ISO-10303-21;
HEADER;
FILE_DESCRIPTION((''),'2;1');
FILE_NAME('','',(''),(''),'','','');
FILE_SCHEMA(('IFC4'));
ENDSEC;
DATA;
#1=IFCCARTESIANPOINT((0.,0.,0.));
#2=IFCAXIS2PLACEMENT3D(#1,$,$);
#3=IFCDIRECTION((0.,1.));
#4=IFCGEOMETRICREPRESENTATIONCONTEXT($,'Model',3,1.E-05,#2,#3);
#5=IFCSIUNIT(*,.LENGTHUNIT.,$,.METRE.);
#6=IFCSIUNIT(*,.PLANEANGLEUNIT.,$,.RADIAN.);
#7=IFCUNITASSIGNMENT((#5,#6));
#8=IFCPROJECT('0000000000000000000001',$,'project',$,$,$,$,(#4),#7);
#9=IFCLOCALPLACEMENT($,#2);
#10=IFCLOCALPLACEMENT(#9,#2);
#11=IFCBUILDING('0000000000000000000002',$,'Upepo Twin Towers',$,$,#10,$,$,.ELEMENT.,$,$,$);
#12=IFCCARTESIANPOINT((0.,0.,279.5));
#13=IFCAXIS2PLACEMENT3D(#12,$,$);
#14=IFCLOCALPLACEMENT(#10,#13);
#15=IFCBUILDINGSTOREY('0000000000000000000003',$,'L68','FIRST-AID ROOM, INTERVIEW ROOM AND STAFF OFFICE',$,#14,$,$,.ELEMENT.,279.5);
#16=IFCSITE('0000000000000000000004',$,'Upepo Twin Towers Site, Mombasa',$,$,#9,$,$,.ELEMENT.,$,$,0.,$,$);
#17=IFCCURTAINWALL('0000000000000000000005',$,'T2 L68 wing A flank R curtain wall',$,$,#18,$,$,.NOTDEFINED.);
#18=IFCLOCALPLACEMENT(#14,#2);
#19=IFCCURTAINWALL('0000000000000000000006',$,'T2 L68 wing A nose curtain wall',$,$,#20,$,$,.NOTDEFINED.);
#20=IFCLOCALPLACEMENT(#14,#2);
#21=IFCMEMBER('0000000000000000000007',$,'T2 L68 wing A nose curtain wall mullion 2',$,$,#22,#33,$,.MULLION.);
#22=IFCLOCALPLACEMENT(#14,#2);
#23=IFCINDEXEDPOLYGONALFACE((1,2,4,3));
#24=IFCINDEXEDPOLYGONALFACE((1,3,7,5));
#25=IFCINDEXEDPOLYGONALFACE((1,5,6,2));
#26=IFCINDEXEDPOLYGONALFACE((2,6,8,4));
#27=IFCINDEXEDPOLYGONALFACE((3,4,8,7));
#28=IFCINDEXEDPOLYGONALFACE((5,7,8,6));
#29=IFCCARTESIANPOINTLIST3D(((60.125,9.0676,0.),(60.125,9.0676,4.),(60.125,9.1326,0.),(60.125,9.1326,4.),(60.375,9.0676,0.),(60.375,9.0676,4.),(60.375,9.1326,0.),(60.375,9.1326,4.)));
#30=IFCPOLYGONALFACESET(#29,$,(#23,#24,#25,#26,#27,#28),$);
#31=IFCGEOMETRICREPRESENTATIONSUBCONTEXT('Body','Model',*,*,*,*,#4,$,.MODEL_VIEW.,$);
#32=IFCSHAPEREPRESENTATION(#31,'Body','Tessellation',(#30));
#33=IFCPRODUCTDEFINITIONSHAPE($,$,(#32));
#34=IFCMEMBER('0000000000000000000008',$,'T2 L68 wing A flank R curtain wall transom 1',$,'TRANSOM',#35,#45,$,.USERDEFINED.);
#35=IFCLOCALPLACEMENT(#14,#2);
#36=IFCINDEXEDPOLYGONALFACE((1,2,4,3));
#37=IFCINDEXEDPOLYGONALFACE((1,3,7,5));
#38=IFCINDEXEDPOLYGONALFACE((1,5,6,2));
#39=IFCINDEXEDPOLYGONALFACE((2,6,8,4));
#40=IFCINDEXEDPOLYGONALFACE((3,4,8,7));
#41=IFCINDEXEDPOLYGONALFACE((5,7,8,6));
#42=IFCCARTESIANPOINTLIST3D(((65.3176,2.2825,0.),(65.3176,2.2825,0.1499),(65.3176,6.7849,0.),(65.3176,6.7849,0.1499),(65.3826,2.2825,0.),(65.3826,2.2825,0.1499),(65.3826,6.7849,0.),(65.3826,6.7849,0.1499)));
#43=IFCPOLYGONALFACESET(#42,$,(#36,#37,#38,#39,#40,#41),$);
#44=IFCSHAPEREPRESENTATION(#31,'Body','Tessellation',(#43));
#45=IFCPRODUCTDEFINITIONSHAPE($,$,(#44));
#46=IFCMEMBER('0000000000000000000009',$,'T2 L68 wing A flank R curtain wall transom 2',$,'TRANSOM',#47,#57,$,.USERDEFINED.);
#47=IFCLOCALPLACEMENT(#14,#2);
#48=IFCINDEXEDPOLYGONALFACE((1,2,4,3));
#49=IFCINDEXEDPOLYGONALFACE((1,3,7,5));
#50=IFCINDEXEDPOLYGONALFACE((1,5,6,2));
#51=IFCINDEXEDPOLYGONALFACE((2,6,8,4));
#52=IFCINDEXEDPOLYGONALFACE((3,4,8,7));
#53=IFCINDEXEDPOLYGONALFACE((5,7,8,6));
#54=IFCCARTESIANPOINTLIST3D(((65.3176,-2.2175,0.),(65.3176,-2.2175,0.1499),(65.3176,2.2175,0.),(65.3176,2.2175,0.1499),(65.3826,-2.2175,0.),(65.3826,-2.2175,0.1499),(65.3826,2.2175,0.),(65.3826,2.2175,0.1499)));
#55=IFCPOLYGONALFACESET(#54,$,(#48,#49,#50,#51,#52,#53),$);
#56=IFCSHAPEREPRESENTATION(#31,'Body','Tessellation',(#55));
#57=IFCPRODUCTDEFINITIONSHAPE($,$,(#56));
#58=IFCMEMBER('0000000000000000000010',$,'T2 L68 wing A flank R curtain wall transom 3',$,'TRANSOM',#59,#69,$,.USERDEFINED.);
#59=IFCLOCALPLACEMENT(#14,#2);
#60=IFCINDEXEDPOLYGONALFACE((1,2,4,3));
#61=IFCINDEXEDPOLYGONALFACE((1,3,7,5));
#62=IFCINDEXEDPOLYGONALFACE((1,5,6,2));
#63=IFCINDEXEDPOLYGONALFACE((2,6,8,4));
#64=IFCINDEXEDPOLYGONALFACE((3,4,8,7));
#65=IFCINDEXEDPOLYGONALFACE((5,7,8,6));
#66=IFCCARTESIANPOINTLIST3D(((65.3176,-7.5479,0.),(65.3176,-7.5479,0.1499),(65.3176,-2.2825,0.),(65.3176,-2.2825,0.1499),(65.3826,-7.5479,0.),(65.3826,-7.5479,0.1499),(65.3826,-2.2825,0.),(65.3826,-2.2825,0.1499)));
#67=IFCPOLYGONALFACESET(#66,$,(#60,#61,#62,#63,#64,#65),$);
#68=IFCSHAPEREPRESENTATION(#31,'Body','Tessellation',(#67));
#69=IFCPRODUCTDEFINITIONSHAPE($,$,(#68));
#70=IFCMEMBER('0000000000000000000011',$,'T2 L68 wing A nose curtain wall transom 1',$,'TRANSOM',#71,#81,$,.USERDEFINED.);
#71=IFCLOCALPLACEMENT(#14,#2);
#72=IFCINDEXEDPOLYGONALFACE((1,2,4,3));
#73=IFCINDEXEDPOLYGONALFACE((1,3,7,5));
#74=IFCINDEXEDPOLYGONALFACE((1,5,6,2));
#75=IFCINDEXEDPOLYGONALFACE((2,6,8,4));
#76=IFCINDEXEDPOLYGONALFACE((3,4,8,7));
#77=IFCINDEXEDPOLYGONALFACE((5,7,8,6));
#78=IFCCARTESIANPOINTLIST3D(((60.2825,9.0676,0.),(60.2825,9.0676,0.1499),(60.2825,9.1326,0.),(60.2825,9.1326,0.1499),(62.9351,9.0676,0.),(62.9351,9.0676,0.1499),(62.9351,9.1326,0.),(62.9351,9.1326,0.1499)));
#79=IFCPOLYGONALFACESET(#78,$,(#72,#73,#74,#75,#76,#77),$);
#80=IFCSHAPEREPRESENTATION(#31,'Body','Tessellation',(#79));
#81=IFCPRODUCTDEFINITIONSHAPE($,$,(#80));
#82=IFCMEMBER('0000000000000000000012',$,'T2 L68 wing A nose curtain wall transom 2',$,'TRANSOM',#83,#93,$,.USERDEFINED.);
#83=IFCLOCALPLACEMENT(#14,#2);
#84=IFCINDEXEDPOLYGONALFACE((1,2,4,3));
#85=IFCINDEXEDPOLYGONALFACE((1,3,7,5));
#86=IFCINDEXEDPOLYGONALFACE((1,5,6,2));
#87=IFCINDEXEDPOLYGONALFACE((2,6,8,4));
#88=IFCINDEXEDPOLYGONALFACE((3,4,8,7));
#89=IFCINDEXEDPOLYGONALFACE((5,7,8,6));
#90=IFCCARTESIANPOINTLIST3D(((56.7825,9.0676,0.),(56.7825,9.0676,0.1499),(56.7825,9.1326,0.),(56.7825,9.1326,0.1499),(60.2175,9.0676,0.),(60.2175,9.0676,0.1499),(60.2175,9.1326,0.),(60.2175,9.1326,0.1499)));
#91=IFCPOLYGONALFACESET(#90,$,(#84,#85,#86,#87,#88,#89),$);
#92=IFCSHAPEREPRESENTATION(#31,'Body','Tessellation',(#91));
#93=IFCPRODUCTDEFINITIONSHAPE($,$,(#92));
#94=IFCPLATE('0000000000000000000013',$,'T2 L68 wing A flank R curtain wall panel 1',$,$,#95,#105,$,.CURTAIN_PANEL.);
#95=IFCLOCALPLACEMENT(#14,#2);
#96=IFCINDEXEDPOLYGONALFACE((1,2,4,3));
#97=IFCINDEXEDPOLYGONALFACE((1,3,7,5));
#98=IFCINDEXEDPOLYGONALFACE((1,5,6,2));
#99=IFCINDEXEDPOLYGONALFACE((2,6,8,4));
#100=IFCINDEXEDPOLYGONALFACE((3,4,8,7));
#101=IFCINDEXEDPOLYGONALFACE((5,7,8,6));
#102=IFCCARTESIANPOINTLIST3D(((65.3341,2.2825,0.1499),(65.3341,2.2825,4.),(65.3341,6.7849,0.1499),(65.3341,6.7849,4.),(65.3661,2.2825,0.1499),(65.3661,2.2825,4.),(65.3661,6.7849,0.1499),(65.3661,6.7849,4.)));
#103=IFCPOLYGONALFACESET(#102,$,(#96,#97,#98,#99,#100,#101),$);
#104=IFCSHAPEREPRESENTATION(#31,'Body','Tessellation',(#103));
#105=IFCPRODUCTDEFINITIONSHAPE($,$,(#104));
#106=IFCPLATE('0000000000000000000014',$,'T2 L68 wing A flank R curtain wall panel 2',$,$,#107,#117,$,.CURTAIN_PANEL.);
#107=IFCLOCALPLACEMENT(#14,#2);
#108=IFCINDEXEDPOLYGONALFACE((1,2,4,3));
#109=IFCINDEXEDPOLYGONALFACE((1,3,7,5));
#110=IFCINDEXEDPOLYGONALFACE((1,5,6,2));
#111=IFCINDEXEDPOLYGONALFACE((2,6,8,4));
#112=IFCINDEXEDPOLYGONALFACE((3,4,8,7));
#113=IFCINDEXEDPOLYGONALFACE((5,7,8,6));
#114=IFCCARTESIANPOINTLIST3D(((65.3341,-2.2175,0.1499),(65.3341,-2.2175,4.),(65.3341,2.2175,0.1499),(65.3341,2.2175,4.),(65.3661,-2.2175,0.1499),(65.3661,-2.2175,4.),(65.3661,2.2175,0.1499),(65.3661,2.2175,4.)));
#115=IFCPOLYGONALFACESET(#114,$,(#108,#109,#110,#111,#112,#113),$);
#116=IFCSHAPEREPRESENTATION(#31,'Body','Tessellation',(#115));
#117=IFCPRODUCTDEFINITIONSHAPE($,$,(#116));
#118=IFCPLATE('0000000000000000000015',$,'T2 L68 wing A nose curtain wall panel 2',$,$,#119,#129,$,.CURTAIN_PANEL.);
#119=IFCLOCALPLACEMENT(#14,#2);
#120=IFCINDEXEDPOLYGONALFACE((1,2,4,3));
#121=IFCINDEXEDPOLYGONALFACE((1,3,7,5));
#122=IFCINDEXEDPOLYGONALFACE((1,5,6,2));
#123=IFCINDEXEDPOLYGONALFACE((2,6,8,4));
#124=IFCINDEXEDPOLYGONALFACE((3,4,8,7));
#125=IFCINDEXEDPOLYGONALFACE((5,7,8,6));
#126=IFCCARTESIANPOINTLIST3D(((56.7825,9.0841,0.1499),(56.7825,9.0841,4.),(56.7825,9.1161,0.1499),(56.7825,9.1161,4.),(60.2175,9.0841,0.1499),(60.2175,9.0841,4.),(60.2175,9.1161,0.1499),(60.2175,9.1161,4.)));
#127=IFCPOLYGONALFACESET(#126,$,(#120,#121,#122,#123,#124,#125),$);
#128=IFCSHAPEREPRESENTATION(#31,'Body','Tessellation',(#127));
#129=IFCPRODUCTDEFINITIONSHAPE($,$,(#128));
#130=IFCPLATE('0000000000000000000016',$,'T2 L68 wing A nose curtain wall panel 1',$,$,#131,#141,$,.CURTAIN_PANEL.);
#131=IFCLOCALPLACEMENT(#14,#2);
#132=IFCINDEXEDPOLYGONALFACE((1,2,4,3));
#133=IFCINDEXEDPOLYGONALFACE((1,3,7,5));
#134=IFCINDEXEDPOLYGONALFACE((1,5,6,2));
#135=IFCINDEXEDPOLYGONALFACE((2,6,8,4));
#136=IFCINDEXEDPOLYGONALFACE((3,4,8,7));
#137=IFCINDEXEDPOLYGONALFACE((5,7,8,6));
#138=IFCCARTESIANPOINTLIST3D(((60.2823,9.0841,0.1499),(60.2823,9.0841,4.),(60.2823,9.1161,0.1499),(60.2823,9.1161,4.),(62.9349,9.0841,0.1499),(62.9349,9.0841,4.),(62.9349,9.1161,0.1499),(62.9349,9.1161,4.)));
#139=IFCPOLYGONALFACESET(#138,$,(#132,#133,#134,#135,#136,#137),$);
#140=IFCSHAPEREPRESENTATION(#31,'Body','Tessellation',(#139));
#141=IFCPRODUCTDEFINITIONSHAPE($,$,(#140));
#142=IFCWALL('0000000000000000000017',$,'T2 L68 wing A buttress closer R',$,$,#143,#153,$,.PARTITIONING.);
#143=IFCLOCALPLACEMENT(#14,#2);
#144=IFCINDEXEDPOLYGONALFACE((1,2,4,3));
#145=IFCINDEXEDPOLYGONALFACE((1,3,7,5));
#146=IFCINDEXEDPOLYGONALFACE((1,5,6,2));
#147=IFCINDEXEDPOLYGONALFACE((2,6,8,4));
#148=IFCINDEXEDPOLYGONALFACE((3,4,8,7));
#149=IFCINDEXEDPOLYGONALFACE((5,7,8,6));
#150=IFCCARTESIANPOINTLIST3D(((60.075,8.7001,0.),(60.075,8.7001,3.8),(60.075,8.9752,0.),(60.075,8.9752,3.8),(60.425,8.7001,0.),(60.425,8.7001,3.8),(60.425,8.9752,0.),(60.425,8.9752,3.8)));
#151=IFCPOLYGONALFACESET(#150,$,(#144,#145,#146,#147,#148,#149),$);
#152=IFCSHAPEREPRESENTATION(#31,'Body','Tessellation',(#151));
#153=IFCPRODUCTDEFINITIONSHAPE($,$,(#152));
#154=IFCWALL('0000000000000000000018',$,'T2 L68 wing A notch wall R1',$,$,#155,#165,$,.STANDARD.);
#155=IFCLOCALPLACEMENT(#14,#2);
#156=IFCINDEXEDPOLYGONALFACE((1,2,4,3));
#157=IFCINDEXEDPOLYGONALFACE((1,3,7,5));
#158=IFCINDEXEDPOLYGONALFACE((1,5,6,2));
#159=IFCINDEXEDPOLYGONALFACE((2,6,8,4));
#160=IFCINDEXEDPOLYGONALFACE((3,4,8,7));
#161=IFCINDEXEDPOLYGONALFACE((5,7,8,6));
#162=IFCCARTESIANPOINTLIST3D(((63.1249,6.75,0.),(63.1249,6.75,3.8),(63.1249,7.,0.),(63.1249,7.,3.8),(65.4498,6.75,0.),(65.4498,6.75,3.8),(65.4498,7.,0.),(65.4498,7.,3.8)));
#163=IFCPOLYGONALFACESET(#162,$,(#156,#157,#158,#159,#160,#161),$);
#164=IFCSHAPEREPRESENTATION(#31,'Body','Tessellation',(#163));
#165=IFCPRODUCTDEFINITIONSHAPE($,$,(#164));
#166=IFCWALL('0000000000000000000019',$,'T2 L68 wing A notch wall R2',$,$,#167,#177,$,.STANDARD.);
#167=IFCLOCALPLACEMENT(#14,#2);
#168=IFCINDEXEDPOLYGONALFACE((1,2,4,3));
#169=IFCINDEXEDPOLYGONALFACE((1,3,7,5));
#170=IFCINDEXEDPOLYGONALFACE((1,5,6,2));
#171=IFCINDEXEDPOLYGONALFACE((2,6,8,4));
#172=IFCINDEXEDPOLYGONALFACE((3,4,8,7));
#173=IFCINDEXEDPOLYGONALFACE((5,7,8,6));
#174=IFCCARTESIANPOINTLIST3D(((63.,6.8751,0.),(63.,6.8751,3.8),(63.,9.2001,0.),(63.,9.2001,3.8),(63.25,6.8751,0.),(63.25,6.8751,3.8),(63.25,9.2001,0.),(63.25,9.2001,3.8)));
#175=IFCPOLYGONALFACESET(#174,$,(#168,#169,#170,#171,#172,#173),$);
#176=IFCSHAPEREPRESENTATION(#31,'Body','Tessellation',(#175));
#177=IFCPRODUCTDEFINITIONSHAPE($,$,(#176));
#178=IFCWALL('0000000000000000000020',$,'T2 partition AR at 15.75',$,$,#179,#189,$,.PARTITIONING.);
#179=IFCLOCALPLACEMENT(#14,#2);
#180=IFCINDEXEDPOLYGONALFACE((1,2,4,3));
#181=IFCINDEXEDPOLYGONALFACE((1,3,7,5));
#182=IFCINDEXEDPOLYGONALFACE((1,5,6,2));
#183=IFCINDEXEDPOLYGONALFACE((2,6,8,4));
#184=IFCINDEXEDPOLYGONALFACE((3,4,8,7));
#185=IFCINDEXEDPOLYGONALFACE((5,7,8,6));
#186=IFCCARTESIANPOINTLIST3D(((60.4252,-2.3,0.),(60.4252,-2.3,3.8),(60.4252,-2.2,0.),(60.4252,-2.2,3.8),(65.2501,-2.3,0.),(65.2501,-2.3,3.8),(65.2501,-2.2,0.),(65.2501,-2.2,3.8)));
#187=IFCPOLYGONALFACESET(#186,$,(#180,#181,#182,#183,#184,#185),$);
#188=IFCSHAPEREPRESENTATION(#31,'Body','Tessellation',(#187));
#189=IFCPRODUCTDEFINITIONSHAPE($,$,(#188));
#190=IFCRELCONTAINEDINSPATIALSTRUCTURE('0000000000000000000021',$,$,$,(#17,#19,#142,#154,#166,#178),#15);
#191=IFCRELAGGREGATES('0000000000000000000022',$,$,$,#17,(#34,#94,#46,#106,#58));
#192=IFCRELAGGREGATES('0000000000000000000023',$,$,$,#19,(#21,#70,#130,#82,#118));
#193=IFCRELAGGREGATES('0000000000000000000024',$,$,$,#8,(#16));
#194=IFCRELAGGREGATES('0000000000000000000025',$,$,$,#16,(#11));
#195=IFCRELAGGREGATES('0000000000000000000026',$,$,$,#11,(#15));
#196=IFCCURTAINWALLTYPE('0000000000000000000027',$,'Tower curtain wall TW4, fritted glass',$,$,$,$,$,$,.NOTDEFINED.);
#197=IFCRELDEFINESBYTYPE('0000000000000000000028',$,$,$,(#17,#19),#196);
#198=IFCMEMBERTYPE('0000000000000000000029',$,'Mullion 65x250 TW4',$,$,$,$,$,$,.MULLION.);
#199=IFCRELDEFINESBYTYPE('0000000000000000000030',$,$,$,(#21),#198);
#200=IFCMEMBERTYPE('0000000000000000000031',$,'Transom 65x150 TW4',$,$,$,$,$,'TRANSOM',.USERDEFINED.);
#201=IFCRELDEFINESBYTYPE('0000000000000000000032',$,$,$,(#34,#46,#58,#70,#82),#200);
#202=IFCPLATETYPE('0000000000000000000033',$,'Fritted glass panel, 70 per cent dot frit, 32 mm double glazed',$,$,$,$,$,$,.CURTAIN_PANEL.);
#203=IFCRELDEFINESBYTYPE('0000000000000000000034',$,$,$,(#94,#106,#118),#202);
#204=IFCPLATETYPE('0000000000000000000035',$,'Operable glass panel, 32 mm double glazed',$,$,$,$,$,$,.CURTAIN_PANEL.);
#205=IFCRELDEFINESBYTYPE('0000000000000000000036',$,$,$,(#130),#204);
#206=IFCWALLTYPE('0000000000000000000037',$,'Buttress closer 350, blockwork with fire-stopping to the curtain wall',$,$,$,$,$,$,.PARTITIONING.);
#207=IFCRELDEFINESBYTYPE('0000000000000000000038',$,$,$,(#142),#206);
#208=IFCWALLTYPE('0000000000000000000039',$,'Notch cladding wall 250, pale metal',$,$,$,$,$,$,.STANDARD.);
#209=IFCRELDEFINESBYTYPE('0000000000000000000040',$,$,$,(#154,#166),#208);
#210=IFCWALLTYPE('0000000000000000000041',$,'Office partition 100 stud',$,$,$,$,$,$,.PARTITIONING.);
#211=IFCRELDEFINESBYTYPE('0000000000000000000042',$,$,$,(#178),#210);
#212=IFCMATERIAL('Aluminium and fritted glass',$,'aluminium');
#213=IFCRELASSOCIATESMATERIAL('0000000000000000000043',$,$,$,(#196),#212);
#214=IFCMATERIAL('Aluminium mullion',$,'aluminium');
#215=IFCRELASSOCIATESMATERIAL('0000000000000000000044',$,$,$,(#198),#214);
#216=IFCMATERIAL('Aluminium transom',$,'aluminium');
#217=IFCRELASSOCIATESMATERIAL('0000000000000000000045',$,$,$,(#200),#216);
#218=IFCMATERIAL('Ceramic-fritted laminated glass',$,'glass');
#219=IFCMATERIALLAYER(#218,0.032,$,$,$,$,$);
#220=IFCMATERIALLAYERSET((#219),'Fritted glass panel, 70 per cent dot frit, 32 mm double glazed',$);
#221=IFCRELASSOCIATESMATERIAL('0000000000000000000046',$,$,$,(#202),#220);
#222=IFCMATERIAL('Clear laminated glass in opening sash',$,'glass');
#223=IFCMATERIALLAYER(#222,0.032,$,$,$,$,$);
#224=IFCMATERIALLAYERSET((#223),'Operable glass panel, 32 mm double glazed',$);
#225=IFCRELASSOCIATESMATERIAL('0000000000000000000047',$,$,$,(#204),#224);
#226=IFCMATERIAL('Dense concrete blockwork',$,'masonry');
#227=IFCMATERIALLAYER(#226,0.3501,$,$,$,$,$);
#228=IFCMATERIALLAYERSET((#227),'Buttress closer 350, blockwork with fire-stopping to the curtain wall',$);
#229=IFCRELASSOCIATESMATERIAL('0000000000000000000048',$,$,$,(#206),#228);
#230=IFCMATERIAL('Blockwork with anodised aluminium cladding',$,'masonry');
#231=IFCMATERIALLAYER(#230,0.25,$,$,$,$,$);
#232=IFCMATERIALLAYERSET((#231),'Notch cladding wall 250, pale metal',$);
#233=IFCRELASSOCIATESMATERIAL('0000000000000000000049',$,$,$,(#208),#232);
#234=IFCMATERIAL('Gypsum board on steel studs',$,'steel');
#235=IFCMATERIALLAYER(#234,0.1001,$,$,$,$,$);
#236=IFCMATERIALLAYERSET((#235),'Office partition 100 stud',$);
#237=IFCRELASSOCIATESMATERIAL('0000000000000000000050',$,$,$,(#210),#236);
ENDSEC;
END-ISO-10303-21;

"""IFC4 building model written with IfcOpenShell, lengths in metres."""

from ifc_helpers import new_model, si_unit, direction, frame, frame_2d, origin, origin_2d, place, context, subcontext, project, spatial, rectangle, extrude, material, layer, layer_set, material_profile, profile_set, type_object, element, aggregate, save


model = new_model("IFC4")

# Units and contexts
model_context = context("Model", 3, precision=1e-05, world=origin(), true_north=direction((0.0, 1.0)))
body_context = subcontext(model_context, "Body", "Model", "MODEL_VIEW")
ifc_project = project(units=[si_unit("LENGTHUNIT", "METRE"), si_unit("PLANEANGLEUNIT", "RADIAN")], contexts=[model_context])

# Site, building, storey
site_placement = place(None, origin())
site = spatial("IfcSite", under=ifc_project, at=site_placement, Name="Upepo Twin Towers Site, Mombasa", CompositionType="ELEMENT", RefElevation=0.0)
building_placement = place(site_placement, origin())
building = spatial("IfcBuilding", under=site, at=building_placement, Name="Upepo Twin Towers", CompositionType="ELEMENT")
storey_placement = place(building_placement, frame((0.0, 0.0, 279.5)))
storey = spatial("IfcBuildingStorey", under=building, at=storey_placement, Name="L68", Description="FIRST-AID ROOM, INTERVIEW ROOM AND STAFF OFFICE", CompositionType="ELEMENT", Elevation=279.5)

# Curtain walls, member
ifc_material_1 = material(Name="Aluminium and fritted glass", Category="aluminium")
curtain_wall_type = type_object("IfcCurtainWallType", Name="Tower curtain wall TW4, fritted glass", PredefinedType="NOTDEFINED", material=ifc_material_1)
curtain_wall_1_placement = place(storey_placement, origin())
curtain_wall_1 = element("IfcCurtainWall", 1, at=curtain_wall_1_placement, inside=storey, type_object=curtain_wall_type, Name="T2 L68 wing A flank R curtain wall", PredefinedType="NOTDEFINED")
ifc_material_2 = material(Name="Aluminium mullion", Category="aluminium")
ifc_material_profile_1 = material_profile(ifc_material_2, rectangle(XDim=0.0649, YDim=0.25, at=origin_2d()), Name="MULLION 65x250")
ifc_profile_set_1 = profile_set([ifc_material_profile_1], Name="Aluminium mullion")
member_type_1 = type_object("IfcMemberType", Name="Mullion 65x250 TW4", PredefinedType="MULLION", material=ifc_profile_set_1)
curtain_wall_2_placement = place(storey_placement, origin())
curtain_wall_2 = element("IfcCurtainWall", 2, at=curtain_wall_2_placement, inside=storey, type_object=curtain_wall_type, Name="T2 L68 wing A nose curtain wall", PredefinedType="NOTDEFINED")
member_1_placement = place(storey_placement, frame((60.25, 9.1001, 0.0), z_axis=(0.0, 0.0, 1.0), x_axis=(0.0, -1.0, 0.0)))
member_1 = element("IfcMember", 3, at=member_1_placement, type_object=member_type_1, Name="T2 L68 wing A nose curtain wall mullion 2", PredefinedType="MULLION", context=body_context, shape_type="SweptSolid", body=[
    extrude(rectangle(XDim=0.0649, YDim=0.25, at=origin_2d()), origin(), (0.0, 0.0, 1.0), 4.0),
])

# Members
ifc_material_3 = material(Name="Aluminium transom", Category="aluminium")
ifc_material_profile_2 = material_profile(ifc_material_3, rectangle(XDim=0.0649, YDim=0.1499, at=origin_2d()), Name="TRANSOM 65x150")
ifc_profile_set_2 = profile_set([ifc_material_profile_2], Name="Aluminium transom")
member_type_2 = type_object("IfcMemberType", Name="Transom 65x150 TW4", ElementType="TRANSOM", PredefinedType="USERDEFINED", material=ifc_profile_set_2)
member_2_placement = place(storey_placement, frame((65.3501, 6.7849, 0.075), z_axis=(0.0, -1.0, 0.0), x_axis=(1.0, 0.0, 0.0)))
member_2 = element("IfcMember", 4, at=member_2_placement, type_object=member_type_2, Name="T2 L68 wing A flank R curtain wall transom 1", ObjectType="TRANSOM", PredefinedType="USERDEFINED", context=body_context, shape_type="SweptSolid", body=[
    extrude(rectangle(XDim=0.0649, YDim=0.1499, at=origin_2d()), origin(), (0.0, 0.0, 1.0), 4.5024),
])
member_3_placement = place(storey_placement, frame((65.3501, 2.2175, 0.075), z_axis=(0.0, -1.0, 0.0), x_axis=(1.0, 0.0, 0.0)))
member_3 = element("IfcMember", 5, at=member_3_placement, type_object=member_type_2, Name="T2 L68 wing A flank R curtain wall transom 2", ObjectType="TRANSOM", PredefinedType="USERDEFINED", context=body_context, shape_type="SweptSolid", body=[
    extrude(rectangle(XDim=0.0649, YDim=0.1499, at=origin_2d()), origin(), (0.0, 0.0, 1.0), 4.4351),
])
member_4_placement = place(storey_placement, frame((65.3501, -2.2825, 0.075), z_axis=(0.0, -1.0, 0.0), x_axis=(1.0, 0.0, 0.0)))
member_4 = element("IfcMember", 6, at=member_4_placement, type_object=member_type_2, Name="T2 L68 wing A flank R curtain wall transom 3", ObjectType="TRANSOM", PredefinedType="USERDEFINED", context=body_context, shape_type="SweptSolid", body=[
    extrude(rectangle(XDim=0.0649, YDim=0.1499, at=origin_2d()), origin(), (0.0, 0.0, 1.0), 5.2654),
])
member_5_placement = place(storey_placement, frame((62.9351, 9.1001, 0.075), z_axis=(-1.0, 0.0, 0.0), x_axis=(0.0, -1.0, 0.0)))
member_5 = element("IfcMember", 7, at=member_5_placement, type_object=member_type_2, Name="T2 L68 wing A nose curtain wall transom 1", ObjectType="TRANSOM", PredefinedType="USERDEFINED", context=body_context, shape_type="SweptSolid", body=[
    extrude(rectangle(XDim=0.0649, YDim=0.1499, at=origin_2d()), origin(), (0.0, 0.0, 1.0), 2.6526),
])
member_6_placement = place(storey_placement, frame((60.2175, 9.1001, 0.075), z_axis=(-1.0, 0.0, 0.0), x_axis=(0.0, -1.0, 0.0)))
member_6 = element("IfcMember", 8, at=member_6_placement, type_object=member_type_2, Name="T2 L68 wing A nose curtain wall transom 2", ObjectType="TRANSOM", PredefinedType="USERDEFINED", context=body_context, shape_type="SweptSolid", body=[
    extrude(rectangle(XDim=0.0649, YDim=0.1499, at=origin_2d()), origin(), (0.0, 0.0, 1.0), 3.4351),
])

# Plates
ifc_material_4 = material(Name="Ceramic-fritted laminated glass", Category="glass")
ifc_layer_1 = layer(ifc_material_4, 0.032)
ifc_layer_set_1 = layer_set([ifc_layer_1], Name="Fritted glass panel, 70 per cent dot frit, 32 mm double glazed")
plate_type_1 = type_object("IfcPlateType", Name="Fritted glass panel, 70 per cent dot frit, 32 mm double glazed", PredefinedType="CURTAIN_PANEL", material=ifc_layer_set_1)
plate_1_placement = place(storey_placement, frame((65.3501, 4.5337, 0.1499), z_axis=(0.0, 0.0, 1.0), x_axis=(0.0, -1.0, 0.0)))
plate_1 = element("IfcPlate", 9, at=plate_1_placement, type_object=plate_type_1, Name="T2 L68 wing A flank R curtain wall panel 1", PredefinedType="CURTAIN_PANEL", context=body_context, shape_type="SweptSolid", body=[
    extrude(rectangle(XDim=4.5024, YDim=0.032, at=origin_2d()), origin(), (0.0, 0.0, 1.0), 3.8501),
])
plate_2_placement = place(storey_placement, frame((65.3501, 0.0, 0.1499), z_axis=(0.0, 0.0, 1.0), x_axis=(0.0, -1.0, 0.0)))
plate_2 = element("IfcPlate", 10, at=plate_2_placement, type_object=plate_type_1, Name="T2 L68 wing A flank R curtain wall panel 2", PredefinedType="CURTAIN_PANEL", context=body_context, shape_type="SweptSolid", body=[
    extrude(rectangle(XDim=4.4351, YDim=0.032, at=origin_2d()), origin(), (0.0, 0.0, 1.0), 3.8501),
])
aggregate(curtain_wall_1, [member_2, plate_1, member_3, plate_2, member_4])
plate_3_placement = place(storey_placement, frame((58.5, 9.1001, 0.1499), z_axis=(0.0, 0.0, 1.0), x_axis=(-1.0, 0.0, 0.0)))
plate_3 = element("IfcPlate", 11, at=plate_3_placement, type_object=plate_type_1, Name="T2 L68 wing A nose curtain wall panel 2", PredefinedType="CURTAIN_PANEL", context=body_context, shape_type="SweptSolid", body=[
    extrude(rectangle(XDim=3.4351, YDim=0.032, at=origin_2d()), origin(), (0.0, 0.0, 1.0), 3.8501),
])
ifc_material_5 = material(Name="Clear laminated glass in opening sash", Category="glass")
ifc_layer_2 = layer(ifc_material_5, 0.032)
ifc_layer_set_2 = layer_set([ifc_layer_2], Name="Operable glass panel, 32 mm double glazed")
plate_type_2 = type_object("IfcPlateType", Name="Operable glass panel, 32 mm double glazed", PredefinedType="CURTAIN_PANEL", material=ifc_layer_set_2)
plate_4_placement = place(storey_placement, frame((61.6086, 9.1001, 0.1499), z_axis=(0.0, 0.0, 1.0), x_axis=(-1.0, 0.0, 0.0)))
plate_4 = element("IfcPlate", 12, at=plate_4_placement, type_object=plate_type_2, Name="T2 L68 wing A nose curtain wall panel 1", PredefinedType="CURTAIN_PANEL", context=body_context, shape_type="SweptSolid", body=[
    extrude(rectangle(XDim=2.6526, YDim=0.032, at=origin_2d()), origin(), (0.0, 0.0, 1.0), 3.8501),
])
aggregate(curtain_wall_2, [member_1, member_5, plate_4, member_6, plate_3])

# Walls
ifc_material_6 = material(Name="Dense concrete blockwork", Category="masonry")
ifc_layer_3 = layer(ifc_material_6, 0.3501)
ifc_layer_set_3 = layer_set([ifc_layer_3], Name="Buttress closer 350, blockwork with fire-stopping to the curtain wall")
wall_type_1 = type_object("IfcWallType", Name="Buttress closer 350, blockwork with fire-stopping to the curtain wall", PredefinedType="PARTITIONING", material=ifc_layer_set_3)
wall_1_placement = place(storey_placement, frame((60.25, 8.7, 0.0), z_axis=(0.0, 0.0, 1.0), x_axis=(0.0, 1.0, 0.0)))
element("IfcWall", 13, at=wall_1_placement, inside=storey, type_object=wall_type_1, Name="T2 L68 wing A buttress closer R", PredefinedType="PARTITIONING", context=body_context, shape_type="SweptSolid", body=[
    extrude(rectangle(XDim=0.2751, YDim=0.3501, at=frame_2d((0.1377, 0.0))), origin(), (0.0, 0.0, 1.0), 3.8),
])
ifc_material_7 = material(Name="Blockwork with anodised aluminium cladding", Category="masonry")
ifc_layer_4 = layer(ifc_material_7, 0.25)
ifc_layer_set_4 = layer_set([ifc_layer_4], Name="Notch cladding wall 250, pale metal")
wall_type_2 = type_object("IfcWallType", Name="Notch cladding wall 250, pale metal", PredefinedType="STANDARD", material=ifc_layer_set_4)
for number, where, z_axis, x_axis, name in (
    (14, (65.45, 6.875, 0.0), (0.0, 0.0, 1.0), (-1.0, 0.0, 0.0), "T2 L68 wing A notch wall R1"),
    (15, (63.125, 6.875, 0.0), (0.0, 0.0, 1.0), (0.0, 1.0, 0.0), "T2 L68 wing A notch wall R2"),
):
    element("IfcWall", number, at=place(storey_placement, frame(where, z_axis=z_axis, x_axis=x_axis)), inside=storey, type_object=wall_type_2, Name=name, PredefinedType="STANDARD", context=body_context, shape_type="SweptSolid", body=[
        extrude(rectangle(XDim=2.325, YDim=0.25, at=frame_2d((1.1626, 0.0))), origin(), (0.0, 0.0, 1.0), 3.8),
    ])
ifc_material_8 = material(Name="Gypsum board on steel studs", Category="steel")
ifc_layer_5 = layer(ifc_material_8, 0.1001)
ifc_layer_set_5 = layer_set([ifc_layer_5], Name="Office partition 100 stud")
wall_type_3 = type_object("IfcWallType", Name="Office partition 100 stud", PredefinedType="PARTITIONING", material=ifc_layer_set_5)
for number, where, z_axis, x_axis, name in (
    (16, (60.425, -2.25, 0.0), (0.0, 0.0, 1.0), (1.0, 0.0, 0.0), "T2 partition AR at 15.75"),
):
    element("IfcWall", number, at=place(storey_placement, frame(where, z_axis=z_axis, x_axis=x_axis)), inside=storey, type_object=wall_type_3, Name=name, PredefinedType="PARTITIONING", context=body_context, shape_type="SweptSolid", body=[
        extrude(rectangle(XDim=4.825, YDim=0.1001, at=frame_2d((2.4126, 0.0))), origin(), (0.0, 0.0, 1.0), 3.8),
    ])

save(model, "model.ifc")
